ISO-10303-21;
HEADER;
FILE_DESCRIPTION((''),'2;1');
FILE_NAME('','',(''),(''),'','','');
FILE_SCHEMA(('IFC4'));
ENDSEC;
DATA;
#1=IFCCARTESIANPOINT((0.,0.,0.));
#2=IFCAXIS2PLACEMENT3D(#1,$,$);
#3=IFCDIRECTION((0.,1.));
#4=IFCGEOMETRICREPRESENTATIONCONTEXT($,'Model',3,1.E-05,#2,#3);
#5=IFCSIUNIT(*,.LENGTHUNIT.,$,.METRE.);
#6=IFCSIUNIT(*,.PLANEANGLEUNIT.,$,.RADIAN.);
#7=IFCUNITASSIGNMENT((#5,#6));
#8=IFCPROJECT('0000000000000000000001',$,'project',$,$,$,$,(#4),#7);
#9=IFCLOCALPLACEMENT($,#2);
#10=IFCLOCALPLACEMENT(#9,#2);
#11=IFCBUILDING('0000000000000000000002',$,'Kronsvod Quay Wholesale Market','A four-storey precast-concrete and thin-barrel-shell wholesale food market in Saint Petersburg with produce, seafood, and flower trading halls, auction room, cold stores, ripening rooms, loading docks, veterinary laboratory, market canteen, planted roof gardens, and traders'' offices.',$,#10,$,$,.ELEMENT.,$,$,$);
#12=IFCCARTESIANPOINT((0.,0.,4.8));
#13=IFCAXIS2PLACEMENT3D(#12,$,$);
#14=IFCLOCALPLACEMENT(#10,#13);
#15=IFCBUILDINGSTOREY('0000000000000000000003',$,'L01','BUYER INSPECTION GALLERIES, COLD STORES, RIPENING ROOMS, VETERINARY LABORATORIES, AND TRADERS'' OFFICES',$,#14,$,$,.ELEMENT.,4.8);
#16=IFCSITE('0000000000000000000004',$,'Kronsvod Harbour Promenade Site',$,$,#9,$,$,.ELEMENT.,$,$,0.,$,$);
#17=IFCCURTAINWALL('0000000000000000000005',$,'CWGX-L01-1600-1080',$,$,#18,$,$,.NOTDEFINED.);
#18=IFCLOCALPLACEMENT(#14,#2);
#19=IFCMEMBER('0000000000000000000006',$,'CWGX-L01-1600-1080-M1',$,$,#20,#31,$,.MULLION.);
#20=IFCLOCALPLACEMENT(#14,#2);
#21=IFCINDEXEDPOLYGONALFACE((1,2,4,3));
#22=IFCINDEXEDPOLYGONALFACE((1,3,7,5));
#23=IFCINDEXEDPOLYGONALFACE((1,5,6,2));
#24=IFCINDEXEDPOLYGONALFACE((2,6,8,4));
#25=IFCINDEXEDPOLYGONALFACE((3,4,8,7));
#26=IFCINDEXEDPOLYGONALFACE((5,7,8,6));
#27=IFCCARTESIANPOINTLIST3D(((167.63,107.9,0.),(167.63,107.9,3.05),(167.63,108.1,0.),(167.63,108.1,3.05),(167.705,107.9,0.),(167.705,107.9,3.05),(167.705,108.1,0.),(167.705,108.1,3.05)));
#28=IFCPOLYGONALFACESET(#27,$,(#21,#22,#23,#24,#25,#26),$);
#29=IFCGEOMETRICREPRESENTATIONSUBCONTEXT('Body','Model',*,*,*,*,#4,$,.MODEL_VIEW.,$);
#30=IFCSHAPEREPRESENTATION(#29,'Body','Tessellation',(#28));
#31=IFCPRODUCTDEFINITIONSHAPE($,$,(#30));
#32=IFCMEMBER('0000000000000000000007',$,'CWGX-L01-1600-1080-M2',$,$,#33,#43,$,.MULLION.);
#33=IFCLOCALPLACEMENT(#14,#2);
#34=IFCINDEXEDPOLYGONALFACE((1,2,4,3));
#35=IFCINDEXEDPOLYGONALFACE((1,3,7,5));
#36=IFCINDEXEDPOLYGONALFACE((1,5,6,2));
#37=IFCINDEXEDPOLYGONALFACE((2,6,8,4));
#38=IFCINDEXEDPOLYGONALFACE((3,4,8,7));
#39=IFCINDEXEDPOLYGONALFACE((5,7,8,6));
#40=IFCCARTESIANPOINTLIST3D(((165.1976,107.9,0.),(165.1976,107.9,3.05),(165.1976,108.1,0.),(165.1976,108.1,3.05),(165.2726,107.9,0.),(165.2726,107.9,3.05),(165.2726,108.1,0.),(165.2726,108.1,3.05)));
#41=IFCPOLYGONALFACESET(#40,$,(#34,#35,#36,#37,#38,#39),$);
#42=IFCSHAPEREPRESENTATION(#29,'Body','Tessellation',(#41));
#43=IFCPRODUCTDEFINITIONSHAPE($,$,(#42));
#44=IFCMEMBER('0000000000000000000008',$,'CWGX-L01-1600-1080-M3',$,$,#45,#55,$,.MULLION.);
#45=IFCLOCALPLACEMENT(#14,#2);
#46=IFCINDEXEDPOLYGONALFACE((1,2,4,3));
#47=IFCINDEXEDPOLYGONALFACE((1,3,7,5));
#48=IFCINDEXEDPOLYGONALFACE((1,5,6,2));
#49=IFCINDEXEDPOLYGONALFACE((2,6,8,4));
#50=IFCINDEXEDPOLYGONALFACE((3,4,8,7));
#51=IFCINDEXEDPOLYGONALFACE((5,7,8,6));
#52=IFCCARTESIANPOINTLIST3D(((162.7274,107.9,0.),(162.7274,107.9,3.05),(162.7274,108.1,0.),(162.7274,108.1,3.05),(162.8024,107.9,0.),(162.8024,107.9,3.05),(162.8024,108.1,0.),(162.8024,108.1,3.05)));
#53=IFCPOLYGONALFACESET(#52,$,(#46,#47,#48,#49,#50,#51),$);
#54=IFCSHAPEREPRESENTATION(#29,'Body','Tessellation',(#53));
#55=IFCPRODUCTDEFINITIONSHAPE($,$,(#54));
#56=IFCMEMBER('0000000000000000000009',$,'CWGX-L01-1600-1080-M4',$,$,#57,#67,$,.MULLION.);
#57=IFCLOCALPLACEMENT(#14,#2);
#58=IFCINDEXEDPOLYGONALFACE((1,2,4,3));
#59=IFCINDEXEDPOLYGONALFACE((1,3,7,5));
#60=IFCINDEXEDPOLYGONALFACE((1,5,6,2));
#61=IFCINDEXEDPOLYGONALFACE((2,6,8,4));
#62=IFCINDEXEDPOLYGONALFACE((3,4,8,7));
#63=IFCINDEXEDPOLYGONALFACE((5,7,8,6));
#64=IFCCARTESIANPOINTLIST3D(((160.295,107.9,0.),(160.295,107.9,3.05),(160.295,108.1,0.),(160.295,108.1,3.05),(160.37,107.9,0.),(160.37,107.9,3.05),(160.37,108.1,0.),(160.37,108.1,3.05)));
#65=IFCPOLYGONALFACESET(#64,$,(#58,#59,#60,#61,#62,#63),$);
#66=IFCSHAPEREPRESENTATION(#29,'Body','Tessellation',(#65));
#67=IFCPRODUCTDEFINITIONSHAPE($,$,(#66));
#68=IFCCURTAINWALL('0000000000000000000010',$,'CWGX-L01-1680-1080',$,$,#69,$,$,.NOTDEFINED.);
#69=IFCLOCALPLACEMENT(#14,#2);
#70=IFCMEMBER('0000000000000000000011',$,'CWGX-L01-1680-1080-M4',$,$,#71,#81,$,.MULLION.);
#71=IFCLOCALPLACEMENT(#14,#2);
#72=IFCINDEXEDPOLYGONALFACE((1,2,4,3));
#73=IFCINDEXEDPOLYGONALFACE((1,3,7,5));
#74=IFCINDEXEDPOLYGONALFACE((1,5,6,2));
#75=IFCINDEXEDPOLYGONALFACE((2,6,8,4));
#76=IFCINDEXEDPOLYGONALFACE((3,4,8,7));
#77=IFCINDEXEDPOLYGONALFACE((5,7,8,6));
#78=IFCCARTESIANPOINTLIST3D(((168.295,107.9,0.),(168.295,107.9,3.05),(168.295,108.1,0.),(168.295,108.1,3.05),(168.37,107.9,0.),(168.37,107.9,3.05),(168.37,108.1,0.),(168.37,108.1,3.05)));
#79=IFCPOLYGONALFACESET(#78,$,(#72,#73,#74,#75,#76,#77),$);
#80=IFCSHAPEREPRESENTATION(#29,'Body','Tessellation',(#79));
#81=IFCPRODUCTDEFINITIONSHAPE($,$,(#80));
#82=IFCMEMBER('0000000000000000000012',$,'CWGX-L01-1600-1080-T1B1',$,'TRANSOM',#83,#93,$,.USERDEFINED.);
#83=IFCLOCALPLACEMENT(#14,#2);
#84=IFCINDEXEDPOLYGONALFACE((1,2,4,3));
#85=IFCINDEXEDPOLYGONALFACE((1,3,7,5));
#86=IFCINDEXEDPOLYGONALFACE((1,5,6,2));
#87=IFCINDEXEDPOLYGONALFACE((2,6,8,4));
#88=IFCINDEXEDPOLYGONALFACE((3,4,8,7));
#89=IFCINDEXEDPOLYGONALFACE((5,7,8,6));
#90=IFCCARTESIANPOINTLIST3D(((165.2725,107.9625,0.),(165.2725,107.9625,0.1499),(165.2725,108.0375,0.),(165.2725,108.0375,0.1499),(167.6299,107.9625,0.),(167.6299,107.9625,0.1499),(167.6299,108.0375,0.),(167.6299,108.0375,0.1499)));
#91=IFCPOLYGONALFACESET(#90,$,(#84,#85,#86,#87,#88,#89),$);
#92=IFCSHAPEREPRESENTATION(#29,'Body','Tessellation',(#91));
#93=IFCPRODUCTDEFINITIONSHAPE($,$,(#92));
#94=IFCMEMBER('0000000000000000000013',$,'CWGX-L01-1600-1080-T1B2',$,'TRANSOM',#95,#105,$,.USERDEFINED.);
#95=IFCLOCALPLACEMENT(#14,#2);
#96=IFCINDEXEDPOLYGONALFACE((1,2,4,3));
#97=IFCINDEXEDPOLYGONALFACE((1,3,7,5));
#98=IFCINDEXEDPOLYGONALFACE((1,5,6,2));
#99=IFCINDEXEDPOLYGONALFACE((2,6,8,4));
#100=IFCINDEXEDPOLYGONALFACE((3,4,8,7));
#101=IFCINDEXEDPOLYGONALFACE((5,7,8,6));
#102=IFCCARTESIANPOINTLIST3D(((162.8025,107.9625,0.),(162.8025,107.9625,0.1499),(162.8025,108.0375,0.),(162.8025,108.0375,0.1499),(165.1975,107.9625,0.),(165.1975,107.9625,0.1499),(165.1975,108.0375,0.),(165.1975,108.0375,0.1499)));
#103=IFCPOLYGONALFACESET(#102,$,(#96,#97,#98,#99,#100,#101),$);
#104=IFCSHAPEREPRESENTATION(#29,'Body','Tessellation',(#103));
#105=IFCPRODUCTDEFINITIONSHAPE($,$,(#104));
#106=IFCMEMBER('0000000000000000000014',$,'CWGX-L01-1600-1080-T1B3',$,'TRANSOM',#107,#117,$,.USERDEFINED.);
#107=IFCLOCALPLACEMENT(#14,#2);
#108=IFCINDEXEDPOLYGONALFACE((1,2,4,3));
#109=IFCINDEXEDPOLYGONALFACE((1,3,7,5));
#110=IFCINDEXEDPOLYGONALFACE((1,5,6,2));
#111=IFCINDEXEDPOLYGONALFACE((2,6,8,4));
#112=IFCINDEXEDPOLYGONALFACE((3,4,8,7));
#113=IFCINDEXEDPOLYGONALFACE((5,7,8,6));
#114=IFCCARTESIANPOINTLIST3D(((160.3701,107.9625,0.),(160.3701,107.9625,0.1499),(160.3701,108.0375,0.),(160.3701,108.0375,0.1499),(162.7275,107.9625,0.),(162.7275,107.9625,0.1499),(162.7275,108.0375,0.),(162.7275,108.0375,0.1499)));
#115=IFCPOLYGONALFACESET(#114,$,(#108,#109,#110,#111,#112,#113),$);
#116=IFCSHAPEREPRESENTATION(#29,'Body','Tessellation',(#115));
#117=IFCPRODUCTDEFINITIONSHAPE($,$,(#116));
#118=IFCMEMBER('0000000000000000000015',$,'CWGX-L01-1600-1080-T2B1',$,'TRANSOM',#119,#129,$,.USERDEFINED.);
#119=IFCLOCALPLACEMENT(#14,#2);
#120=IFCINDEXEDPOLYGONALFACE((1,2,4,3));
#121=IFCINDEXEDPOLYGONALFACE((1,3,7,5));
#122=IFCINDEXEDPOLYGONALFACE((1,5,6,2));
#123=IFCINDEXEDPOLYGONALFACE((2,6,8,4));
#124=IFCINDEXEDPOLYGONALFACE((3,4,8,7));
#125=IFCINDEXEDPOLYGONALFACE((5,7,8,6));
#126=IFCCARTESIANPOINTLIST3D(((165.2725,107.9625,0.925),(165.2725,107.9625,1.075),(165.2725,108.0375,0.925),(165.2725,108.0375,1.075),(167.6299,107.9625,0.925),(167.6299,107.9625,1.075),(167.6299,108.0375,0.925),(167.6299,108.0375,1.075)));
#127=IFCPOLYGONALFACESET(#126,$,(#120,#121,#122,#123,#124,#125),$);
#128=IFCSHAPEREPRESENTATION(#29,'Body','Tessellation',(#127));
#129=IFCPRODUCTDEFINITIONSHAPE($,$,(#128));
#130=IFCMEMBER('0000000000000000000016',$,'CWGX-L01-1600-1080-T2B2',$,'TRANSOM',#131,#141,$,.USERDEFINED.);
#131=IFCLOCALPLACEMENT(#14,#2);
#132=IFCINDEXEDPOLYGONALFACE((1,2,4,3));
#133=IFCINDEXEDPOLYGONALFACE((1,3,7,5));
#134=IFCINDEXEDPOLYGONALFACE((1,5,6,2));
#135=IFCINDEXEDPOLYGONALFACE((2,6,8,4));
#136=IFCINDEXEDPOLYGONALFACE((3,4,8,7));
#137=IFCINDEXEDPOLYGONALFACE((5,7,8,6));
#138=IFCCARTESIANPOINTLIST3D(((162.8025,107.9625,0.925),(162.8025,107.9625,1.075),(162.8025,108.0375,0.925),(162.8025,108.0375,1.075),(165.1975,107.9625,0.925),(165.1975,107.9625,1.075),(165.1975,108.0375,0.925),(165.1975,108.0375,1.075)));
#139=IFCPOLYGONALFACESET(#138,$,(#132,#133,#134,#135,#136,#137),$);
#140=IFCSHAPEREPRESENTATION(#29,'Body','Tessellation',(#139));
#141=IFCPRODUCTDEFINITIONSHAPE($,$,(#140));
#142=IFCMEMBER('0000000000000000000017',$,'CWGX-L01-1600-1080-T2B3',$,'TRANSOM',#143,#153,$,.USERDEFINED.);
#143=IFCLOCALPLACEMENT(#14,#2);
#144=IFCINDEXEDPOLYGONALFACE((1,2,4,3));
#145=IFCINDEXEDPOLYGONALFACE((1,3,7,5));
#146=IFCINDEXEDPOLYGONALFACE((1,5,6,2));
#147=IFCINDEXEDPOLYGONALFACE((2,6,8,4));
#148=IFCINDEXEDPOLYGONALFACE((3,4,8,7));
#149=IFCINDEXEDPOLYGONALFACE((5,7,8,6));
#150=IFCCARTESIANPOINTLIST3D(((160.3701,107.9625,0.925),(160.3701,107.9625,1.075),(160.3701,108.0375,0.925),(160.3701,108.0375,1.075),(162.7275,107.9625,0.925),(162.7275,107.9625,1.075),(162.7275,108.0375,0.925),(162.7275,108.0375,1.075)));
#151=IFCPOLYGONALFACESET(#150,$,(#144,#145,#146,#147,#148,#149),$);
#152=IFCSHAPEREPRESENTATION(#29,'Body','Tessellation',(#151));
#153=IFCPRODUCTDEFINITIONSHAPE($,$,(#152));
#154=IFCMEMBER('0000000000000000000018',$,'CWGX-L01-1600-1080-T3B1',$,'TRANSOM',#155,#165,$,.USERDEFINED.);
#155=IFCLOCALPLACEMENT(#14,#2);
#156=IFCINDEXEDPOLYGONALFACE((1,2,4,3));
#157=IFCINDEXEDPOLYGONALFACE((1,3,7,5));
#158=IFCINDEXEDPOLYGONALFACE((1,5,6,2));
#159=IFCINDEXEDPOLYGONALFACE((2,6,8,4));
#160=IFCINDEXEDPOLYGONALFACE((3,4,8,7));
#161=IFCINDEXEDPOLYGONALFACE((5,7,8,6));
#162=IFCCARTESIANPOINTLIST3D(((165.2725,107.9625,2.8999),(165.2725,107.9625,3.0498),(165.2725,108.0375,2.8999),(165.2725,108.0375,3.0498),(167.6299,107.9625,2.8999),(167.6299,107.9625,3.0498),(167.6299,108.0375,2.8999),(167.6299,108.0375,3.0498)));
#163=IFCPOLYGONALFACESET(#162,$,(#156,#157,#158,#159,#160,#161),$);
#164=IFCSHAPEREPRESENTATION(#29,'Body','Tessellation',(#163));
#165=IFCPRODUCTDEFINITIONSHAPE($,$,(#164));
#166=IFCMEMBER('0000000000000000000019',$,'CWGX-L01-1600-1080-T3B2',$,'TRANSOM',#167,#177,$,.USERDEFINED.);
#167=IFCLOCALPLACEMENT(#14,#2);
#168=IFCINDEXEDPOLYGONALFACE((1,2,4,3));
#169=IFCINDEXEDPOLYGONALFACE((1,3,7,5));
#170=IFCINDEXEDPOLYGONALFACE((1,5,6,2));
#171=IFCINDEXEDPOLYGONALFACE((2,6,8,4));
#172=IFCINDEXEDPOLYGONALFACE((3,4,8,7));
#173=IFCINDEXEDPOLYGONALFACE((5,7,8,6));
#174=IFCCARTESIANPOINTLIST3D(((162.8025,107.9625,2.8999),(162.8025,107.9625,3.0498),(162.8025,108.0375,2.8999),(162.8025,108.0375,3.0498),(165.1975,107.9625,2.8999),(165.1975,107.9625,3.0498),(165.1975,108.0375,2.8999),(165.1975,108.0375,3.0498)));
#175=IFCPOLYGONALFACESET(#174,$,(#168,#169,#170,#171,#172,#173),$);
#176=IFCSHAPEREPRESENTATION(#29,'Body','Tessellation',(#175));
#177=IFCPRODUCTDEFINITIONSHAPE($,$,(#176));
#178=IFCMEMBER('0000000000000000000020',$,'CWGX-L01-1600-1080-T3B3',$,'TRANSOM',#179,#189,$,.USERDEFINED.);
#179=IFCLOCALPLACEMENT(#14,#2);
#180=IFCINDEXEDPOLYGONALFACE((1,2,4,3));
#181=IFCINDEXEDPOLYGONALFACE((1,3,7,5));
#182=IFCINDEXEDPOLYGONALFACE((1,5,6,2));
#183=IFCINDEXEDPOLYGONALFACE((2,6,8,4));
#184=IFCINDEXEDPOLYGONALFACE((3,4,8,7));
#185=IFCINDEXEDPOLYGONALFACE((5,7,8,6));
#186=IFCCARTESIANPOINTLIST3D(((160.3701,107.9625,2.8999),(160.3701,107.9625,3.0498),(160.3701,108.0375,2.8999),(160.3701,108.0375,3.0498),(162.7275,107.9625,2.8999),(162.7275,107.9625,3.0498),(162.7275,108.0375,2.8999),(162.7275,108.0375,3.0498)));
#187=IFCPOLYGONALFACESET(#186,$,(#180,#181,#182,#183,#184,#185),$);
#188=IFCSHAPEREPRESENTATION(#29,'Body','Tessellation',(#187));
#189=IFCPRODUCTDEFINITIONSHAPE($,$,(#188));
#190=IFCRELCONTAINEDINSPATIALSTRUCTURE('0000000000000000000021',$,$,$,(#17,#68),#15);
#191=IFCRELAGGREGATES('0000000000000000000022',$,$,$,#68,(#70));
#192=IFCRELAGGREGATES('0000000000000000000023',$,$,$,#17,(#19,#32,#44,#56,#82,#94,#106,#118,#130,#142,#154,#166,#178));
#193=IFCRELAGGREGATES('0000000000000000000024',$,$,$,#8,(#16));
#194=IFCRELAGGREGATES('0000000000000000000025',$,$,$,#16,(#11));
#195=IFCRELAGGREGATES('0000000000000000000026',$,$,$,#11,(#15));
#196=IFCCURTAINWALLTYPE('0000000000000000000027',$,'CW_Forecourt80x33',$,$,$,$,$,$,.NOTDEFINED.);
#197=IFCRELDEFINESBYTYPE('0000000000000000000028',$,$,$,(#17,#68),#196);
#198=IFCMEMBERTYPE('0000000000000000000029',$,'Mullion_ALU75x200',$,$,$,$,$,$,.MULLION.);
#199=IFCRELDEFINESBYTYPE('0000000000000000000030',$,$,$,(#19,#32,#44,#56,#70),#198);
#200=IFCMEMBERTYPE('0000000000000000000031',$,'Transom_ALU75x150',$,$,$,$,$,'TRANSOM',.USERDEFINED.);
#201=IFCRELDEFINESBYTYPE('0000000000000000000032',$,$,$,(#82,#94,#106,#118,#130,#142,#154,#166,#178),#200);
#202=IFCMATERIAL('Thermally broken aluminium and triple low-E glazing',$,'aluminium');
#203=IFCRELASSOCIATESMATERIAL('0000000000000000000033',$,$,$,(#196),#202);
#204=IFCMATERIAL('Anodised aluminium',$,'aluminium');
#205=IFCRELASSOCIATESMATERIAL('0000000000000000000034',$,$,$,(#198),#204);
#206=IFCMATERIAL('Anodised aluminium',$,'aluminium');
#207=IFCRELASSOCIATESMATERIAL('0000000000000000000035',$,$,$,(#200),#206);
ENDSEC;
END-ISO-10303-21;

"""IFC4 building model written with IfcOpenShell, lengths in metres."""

from ifc_helpers import new_model, si_unit, direction, frame, origin, origin_2d, place, context, subcontext, project, spatial, rectangle, extrude, material, material_profile, profile_set, type_object, element, aggregate, save


model = new_model("IFC4")

# Units and contexts
model_context = context("Model", 3, precision=1e-05, world=origin(), true_north=direction((0.0, 1.0)))
body_context = subcontext(model_context, "Body", "Model", "MODEL_VIEW")
ifc_project = project(units=[si_unit("LENGTHUNIT", "METRE"), si_unit("PLANEANGLEUNIT", "RADIAN")], contexts=[model_context])

# Site, building, storey
site_placement = place(None, origin())
site = spatial("IfcSite", under=ifc_project, at=site_placement, Name="Kronsvod Harbour Promenade Site", CompositionType="ELEMENT", RefElevation=0.0)
building_placement = place(site_placement, origin())
building = spatial("IfcBuilding", under=site, at=building_placement, Name="Kronsvod Quay Wholesale Market", Description="A four-storey precast-concrete and thin-barrel-shell wholesale food market in Saint Petersburg with produce, seafood, and flower trading halls, auction room, cold stores, ripening rooms, loading docks, veterinary laboratory, market canteen, planted roof gardens, and traders' offices.", CompositionType="ELEMENT")
storey_placement = place(building_placement, frame((0.0, 0.0, 4.8)))
storey = spatial("IfcBuildingStorey", under=building, at=storey_placement, Name="L01", Description="BUYER INSPECTION GALLERIES, COLD STORES, RIPENING ROOMS, VETERINARY LABORATORIES, AND TRADERS' OFFICES", CompositionType="ELEMENT", Elevation=4.8)

# Curtain wall, members
ifc_material_1 = material(Name="Thermally broken aluminium and triple low-E glazing", Category="aluminium")
curtain_wall_type = type_object("IfcCurtainWallType", Name="CW_Forecourt80x33", PredefinedType="NOTDEFINED", material=ifc_material_1)
curtain_wall_1_placement = place(storey_placement, origin())
curtain_wall_1 = element("IfcCurtainWall", 1, at=curtain_wall_1_placement, inside=storey, type_object=curtain_wall_type, Name="CWGX-L01-1600-1080", PredefinedType="NOTDEFINED")
ifc_material_2 = material(Name="Anodised aluminium", Category="aluminium")
ifc_material_profile_1 = material_profile(ifc_material_2, rectangle(XDim=0.075, YDim=0.2, at=origin_2d()), Name="ALUM75x200")
ifc_profile_set_1 = profile_set([ifc_material_profile_1], Name="Anodised aluminium")
member_type_1 = type_object("IfcMemberType", Name="Mullion_ALU75x200", PredefinedType="MULLION", material=ifc_profile_set_1)
member_1_placement = place(storey_placement, frame((167.6675, 108.0, 0.0), z_axis=(0.0, 0.0, 1.0), x_axis=(1.0, 0.0, 0.0)))
member_1 = element("IfcMember", 2, at=member_1_placement, type_object=member_type_1, Name="CWGX-L01-1600-1080-M1", PredefinedType="MULLION", context=body_context, shape_type="SweptSolid", body=[
    extrude(rectangle(XDim=0.075, YDim=0.2, at=origin_2d()), origin(), (0.0, 0.0, 1.0), 3.05),
])
member_2_placement = place(storey_placement, frame((165.2351, 108.0, 0.0), z_axis=(0.0, 0.0, 1.0), x_axis=(1.0, 0.0, 0.0)))
member_2 = element("IfcMember", 3, at=member_2_placement, type_object=member_type_1, Name="CWGX-L01-1600-1080-M2", PredefinedType="MULLION", context=body_context, shape_type="SweptSolid", body=[
    extrude(rectangle(XDim=0.075, YDim=0.2, at=origin_2d()), origin(), (0.0, 0.0, 1.0), 3.05),
])
member_3_placement = place(storey_placement, frame((162.7649, 108.0, 0.0), z_axis=(0.0, 0.0, 1.0), x_axis=(1.0, 0.0, 0.0)))
member_3 = element("IfcMember", 4, at=member_3_placement, type_object=member_type_1, Name="CWGX-L01-1600-1080-M3", PredefinedType="MULLION", context=body_context, shape_type="SweptSolid", body=[
    extrude(rectangle(XDim=0.075, YDim=0.2, at=origin_2d()), origin(), (0.0, 0.0, 1.0), 3.05),
])
member_4_placement = place(storey_placement, frame((160.3325, 108.0, 0.0), z_axis=(0.0, 0.0, 1.0), x_axis=(1.0, 0.0, 0.0)))
member_4 = element("IfcMember", 5, at=member_4_placement, type_object=member_type_1, Name="CWGX-L01-1600-1080-M4", PredefinedType="MULLION", context=body_context, shape_type="SweptSolid", body=[
    extrude(rectangle(XDim=0.075, YDim=0.2, at=origin_2d()), origin(), (0.0, 0.0, 1.0), 3.05),
])

# Curtain wall, member
curtain_wall_2_placement = place(storey_placement, origin())
curtain_wall_2 = element("IfcCurtainWall", 6, at=curtain_wall_2_placement, inside=storey, type_object=curtain_wall_type, Name="CWGX-L01-1680-1080", PredefinedType="NOTDEFINED")
member_5_placement = place(storey_placement, frame((168.3325, 108.0, 0.0), z_axis=(0.0, 0.0, 1.0), x_axis=(1.0, 0.0, 0.0)))
member_5 = element("IfcMember", 7, at=member_5_placement, type_object=member_type_1, Name="CWGX-L01-1680-1080-M4", PredefinedType="MULLION", context=body_context, shape_type="SweptSolid", body=[
    extrude(rectangle(XDim=0.075, YDim=0.2, at=origin_2d()), origin(), (0.0, 0.0, 1.0), 3.05),
])

# Members
ifc_material_3 = material(Name="Anodised aluminium", Category="aluminium")
ifc_material_profile_2 = material_profile(ifc_material_3, rectangle(XDim=0.075, YDim=0.1499, at=origin_2d()), Name="ALUT75x150")
ifc_profile_set_2 = profile_set([ifc_material_profile_2], Name="Anodised aluminium")
member_type_2 = type_object("IfcMemberType", Name="Transom_ALU75x150", ElementType="TRANSOM", PredefinedType="USERDEFINED", material=ifc_profile_set_2)
member_6_placement = place(storey_placement, frame((167.6299, 108.0, 0.075), z_axis=(-1.0, 0.0, 0.0), x_axis=(0.0, -1.0, 0.0)))
member_6 = element("IfcMember", 8, at=member_6_placement, type_object=member_type_2, Name="CWGX-L01-1600-1080-T1B1", ObjectType="TRANSOM", PredefinedType="USERDEFINED", context=body_context, shape_type="SweptSolid", body=[
    extrude(rectangle(XDim=0.075, YDim=0.1499, at=origin_2d()), origin(), (0.0, 0.0, 1.0), 2.3574),
])
member_7_placement = place(storey_placement, frame((165.1975, 108.0, 0.075), z_axis=(-1.0, 0.0, 0.0), x_axis=(0.0, -1.0, 0.0)))
member_7 = element("IfcMember", 9, at=member_7_placement, type_object=member_type_2, Name="CWGX-L01-1600-1080-T1B2", ObjectType="TRANSOM", PredefinedType="USERDEFINED", context=body_context, shape_type="SweptSolid", body=[
    extrude(rectangle(XDim=0.075, YDim=0.1499, at=origin_2d()), origin(), (0.0, 0.0, 1.0), 2.395),
])
member_8_placement = place(storey_placement, frame((162.7275, 108.0, 0.075), z_axis=(-1.0, 0.0, 0.0), x_axis=(0.0, -1.0, 0.0)))
member_8 = element("IfcMember", 10, at=member_8_placement, type_object=member_type_2, Name="CWGX-L01-1600-1080-T1B3", ObjectType="TRANSOM", PredefinedType="USERDEFINED", context=body_context, shape_type="SweptSolid", body=[
    extrude(rectangle(XDim=0.075, YDim=0.1499, at=origin_2d()), origin(), (0.0, 0.0, 1.0), 2.3574),
])
member_9_placement = place(storey_placement, frame((167.6299, 108.0, 1.0), z_axis=(-1.0, 0.0, 0.0), x_axis=(0.0, -1.0, 0.0)))
member_9 = element("IfcMember", 11, at=member_9_placement, type_object=member_type_2, Name="CWGX-L01-1600-1080-T2B1", ObjectType="TRANSOM", PredefinedType="USERDEFINED", context=body_context, shape_type="SweptSolid", body=[
    extrude(rectangle(XDim=0.075, YDim=0.1499, at=origin_2d()), origin(), (0.0, 0.0, 1.0), 2.3574),
])
member_10_placement = place(storey_placement, frame((165.1975, 108.0, 1.0), z_axis=(-1.0, 0.0, 0.0), x_axis=(0.0, -1.0, 0.0)))
member_10 = element("IfcMember", 12, at=member_10_placement, type_object=member_type_2, Name="CWGX-L01-1600-1080-T2B2", ObjectType="TRANSOM", PredefinedType="USERDEFINED", context=body_context, shape_type="SweptSolid", body=[
    extrude(rectangle(XDim=0.075, YDim=0.1499, at=origin_2d()), origin(), (0.0, 0.0, 1.0), 2.395),
])
member_11_placement = place(storey_placement, frame((162.7275, 108.0, 1.0), z_axis=(-1.0, 0.0, 0.0), x_axis=(0.0, -1.0, 0.0)))
member_11 = element("IfcMember", 13, at=member_11_placement, type_object=member_type_2, Name="CWGX-L01-1600-1080-T2B3", ObjectType="TRANSOM", PredefinedType="USERDEFINED", context=body_context, shape_type="SweptSolid", body=[
    extrude(rectangle(XDim=0.075, YDim=0.1499, at=origin_2d()), origin(), (0.0, 0.0, 1.0), 2.3574),
])
member_12_placement = place(storey_placement, frame((167.6299, 108.0, 2.9749), z_axis=(-1.0, 0.0, 0.0), x_axis=(0.0, -1.0, 0.0)))
member_12 = element("IfcMember", 14, at=member_12_placement, type_object=member_type_2, Name="CWGX-L01-1600-1080-T3B1", ObjectType="TRANSOM", PredefinedType="USERDEFINED", context=body_context, shape_type="SweptSolid", body=[
    extrude(rectangle(XDim=0.075, YDim=0.1499, at=origin_2d()), origin(), (0.0, 0.0, 1.0), 2.3574),
])
member_13_placement = place(storey_placement, frame((165.1975, 108.0, 2.9749), z_axis=(-1.0, 0.0, 0.0), x_axis=(0.0, -1.0, 0.0)))
member_13 = element("IfcMember", 15, at=member_13_placement, type_object=member_type_2, Name="CWGX-L01-1600-1080-T3B2", ObjectType="TRANSOM", PredefinedType="USERDEFINED", context=body_context, shape_type="SweptSolid", body=[
    extrude(rectangle(XDim=0.075, YDim=0.1499, at=origin_2d()), origin(), (0.0, 0.0, 1.0), 2.395),
])
member_14_placement = place(storey_placement, frame((162.7275, 108.0, 2.9749), z_axis=(-1.0, 0.0, 0.0), x_axis=(0.0, -1.0, 0.0)))
member_14 = element("IfcMember", 16, at=member_14_placement, type_object=member_type_2, Name="CWGX-L01-1600-1080-T3B3", ObjectType="TRANSOM", PredefinedType="USERDEFINED", context=body_context, shape_type="SweptSolid", body=[
    extrude(rectangle(XDim=0.075, YDim=0.1499, at=origin_2d()), origin(), (0.0, 0.0, 1.0), 2.3574),
])

aggregate(curtain_wall_2, [member_5])
aggregate(curtain_wall_1, [member_1, member_2, member_3, member_4, member_6, member_7, member_8, member_9, member_10, member_11, member_12, member_13, member_14])

save(model, "model.ifc")
